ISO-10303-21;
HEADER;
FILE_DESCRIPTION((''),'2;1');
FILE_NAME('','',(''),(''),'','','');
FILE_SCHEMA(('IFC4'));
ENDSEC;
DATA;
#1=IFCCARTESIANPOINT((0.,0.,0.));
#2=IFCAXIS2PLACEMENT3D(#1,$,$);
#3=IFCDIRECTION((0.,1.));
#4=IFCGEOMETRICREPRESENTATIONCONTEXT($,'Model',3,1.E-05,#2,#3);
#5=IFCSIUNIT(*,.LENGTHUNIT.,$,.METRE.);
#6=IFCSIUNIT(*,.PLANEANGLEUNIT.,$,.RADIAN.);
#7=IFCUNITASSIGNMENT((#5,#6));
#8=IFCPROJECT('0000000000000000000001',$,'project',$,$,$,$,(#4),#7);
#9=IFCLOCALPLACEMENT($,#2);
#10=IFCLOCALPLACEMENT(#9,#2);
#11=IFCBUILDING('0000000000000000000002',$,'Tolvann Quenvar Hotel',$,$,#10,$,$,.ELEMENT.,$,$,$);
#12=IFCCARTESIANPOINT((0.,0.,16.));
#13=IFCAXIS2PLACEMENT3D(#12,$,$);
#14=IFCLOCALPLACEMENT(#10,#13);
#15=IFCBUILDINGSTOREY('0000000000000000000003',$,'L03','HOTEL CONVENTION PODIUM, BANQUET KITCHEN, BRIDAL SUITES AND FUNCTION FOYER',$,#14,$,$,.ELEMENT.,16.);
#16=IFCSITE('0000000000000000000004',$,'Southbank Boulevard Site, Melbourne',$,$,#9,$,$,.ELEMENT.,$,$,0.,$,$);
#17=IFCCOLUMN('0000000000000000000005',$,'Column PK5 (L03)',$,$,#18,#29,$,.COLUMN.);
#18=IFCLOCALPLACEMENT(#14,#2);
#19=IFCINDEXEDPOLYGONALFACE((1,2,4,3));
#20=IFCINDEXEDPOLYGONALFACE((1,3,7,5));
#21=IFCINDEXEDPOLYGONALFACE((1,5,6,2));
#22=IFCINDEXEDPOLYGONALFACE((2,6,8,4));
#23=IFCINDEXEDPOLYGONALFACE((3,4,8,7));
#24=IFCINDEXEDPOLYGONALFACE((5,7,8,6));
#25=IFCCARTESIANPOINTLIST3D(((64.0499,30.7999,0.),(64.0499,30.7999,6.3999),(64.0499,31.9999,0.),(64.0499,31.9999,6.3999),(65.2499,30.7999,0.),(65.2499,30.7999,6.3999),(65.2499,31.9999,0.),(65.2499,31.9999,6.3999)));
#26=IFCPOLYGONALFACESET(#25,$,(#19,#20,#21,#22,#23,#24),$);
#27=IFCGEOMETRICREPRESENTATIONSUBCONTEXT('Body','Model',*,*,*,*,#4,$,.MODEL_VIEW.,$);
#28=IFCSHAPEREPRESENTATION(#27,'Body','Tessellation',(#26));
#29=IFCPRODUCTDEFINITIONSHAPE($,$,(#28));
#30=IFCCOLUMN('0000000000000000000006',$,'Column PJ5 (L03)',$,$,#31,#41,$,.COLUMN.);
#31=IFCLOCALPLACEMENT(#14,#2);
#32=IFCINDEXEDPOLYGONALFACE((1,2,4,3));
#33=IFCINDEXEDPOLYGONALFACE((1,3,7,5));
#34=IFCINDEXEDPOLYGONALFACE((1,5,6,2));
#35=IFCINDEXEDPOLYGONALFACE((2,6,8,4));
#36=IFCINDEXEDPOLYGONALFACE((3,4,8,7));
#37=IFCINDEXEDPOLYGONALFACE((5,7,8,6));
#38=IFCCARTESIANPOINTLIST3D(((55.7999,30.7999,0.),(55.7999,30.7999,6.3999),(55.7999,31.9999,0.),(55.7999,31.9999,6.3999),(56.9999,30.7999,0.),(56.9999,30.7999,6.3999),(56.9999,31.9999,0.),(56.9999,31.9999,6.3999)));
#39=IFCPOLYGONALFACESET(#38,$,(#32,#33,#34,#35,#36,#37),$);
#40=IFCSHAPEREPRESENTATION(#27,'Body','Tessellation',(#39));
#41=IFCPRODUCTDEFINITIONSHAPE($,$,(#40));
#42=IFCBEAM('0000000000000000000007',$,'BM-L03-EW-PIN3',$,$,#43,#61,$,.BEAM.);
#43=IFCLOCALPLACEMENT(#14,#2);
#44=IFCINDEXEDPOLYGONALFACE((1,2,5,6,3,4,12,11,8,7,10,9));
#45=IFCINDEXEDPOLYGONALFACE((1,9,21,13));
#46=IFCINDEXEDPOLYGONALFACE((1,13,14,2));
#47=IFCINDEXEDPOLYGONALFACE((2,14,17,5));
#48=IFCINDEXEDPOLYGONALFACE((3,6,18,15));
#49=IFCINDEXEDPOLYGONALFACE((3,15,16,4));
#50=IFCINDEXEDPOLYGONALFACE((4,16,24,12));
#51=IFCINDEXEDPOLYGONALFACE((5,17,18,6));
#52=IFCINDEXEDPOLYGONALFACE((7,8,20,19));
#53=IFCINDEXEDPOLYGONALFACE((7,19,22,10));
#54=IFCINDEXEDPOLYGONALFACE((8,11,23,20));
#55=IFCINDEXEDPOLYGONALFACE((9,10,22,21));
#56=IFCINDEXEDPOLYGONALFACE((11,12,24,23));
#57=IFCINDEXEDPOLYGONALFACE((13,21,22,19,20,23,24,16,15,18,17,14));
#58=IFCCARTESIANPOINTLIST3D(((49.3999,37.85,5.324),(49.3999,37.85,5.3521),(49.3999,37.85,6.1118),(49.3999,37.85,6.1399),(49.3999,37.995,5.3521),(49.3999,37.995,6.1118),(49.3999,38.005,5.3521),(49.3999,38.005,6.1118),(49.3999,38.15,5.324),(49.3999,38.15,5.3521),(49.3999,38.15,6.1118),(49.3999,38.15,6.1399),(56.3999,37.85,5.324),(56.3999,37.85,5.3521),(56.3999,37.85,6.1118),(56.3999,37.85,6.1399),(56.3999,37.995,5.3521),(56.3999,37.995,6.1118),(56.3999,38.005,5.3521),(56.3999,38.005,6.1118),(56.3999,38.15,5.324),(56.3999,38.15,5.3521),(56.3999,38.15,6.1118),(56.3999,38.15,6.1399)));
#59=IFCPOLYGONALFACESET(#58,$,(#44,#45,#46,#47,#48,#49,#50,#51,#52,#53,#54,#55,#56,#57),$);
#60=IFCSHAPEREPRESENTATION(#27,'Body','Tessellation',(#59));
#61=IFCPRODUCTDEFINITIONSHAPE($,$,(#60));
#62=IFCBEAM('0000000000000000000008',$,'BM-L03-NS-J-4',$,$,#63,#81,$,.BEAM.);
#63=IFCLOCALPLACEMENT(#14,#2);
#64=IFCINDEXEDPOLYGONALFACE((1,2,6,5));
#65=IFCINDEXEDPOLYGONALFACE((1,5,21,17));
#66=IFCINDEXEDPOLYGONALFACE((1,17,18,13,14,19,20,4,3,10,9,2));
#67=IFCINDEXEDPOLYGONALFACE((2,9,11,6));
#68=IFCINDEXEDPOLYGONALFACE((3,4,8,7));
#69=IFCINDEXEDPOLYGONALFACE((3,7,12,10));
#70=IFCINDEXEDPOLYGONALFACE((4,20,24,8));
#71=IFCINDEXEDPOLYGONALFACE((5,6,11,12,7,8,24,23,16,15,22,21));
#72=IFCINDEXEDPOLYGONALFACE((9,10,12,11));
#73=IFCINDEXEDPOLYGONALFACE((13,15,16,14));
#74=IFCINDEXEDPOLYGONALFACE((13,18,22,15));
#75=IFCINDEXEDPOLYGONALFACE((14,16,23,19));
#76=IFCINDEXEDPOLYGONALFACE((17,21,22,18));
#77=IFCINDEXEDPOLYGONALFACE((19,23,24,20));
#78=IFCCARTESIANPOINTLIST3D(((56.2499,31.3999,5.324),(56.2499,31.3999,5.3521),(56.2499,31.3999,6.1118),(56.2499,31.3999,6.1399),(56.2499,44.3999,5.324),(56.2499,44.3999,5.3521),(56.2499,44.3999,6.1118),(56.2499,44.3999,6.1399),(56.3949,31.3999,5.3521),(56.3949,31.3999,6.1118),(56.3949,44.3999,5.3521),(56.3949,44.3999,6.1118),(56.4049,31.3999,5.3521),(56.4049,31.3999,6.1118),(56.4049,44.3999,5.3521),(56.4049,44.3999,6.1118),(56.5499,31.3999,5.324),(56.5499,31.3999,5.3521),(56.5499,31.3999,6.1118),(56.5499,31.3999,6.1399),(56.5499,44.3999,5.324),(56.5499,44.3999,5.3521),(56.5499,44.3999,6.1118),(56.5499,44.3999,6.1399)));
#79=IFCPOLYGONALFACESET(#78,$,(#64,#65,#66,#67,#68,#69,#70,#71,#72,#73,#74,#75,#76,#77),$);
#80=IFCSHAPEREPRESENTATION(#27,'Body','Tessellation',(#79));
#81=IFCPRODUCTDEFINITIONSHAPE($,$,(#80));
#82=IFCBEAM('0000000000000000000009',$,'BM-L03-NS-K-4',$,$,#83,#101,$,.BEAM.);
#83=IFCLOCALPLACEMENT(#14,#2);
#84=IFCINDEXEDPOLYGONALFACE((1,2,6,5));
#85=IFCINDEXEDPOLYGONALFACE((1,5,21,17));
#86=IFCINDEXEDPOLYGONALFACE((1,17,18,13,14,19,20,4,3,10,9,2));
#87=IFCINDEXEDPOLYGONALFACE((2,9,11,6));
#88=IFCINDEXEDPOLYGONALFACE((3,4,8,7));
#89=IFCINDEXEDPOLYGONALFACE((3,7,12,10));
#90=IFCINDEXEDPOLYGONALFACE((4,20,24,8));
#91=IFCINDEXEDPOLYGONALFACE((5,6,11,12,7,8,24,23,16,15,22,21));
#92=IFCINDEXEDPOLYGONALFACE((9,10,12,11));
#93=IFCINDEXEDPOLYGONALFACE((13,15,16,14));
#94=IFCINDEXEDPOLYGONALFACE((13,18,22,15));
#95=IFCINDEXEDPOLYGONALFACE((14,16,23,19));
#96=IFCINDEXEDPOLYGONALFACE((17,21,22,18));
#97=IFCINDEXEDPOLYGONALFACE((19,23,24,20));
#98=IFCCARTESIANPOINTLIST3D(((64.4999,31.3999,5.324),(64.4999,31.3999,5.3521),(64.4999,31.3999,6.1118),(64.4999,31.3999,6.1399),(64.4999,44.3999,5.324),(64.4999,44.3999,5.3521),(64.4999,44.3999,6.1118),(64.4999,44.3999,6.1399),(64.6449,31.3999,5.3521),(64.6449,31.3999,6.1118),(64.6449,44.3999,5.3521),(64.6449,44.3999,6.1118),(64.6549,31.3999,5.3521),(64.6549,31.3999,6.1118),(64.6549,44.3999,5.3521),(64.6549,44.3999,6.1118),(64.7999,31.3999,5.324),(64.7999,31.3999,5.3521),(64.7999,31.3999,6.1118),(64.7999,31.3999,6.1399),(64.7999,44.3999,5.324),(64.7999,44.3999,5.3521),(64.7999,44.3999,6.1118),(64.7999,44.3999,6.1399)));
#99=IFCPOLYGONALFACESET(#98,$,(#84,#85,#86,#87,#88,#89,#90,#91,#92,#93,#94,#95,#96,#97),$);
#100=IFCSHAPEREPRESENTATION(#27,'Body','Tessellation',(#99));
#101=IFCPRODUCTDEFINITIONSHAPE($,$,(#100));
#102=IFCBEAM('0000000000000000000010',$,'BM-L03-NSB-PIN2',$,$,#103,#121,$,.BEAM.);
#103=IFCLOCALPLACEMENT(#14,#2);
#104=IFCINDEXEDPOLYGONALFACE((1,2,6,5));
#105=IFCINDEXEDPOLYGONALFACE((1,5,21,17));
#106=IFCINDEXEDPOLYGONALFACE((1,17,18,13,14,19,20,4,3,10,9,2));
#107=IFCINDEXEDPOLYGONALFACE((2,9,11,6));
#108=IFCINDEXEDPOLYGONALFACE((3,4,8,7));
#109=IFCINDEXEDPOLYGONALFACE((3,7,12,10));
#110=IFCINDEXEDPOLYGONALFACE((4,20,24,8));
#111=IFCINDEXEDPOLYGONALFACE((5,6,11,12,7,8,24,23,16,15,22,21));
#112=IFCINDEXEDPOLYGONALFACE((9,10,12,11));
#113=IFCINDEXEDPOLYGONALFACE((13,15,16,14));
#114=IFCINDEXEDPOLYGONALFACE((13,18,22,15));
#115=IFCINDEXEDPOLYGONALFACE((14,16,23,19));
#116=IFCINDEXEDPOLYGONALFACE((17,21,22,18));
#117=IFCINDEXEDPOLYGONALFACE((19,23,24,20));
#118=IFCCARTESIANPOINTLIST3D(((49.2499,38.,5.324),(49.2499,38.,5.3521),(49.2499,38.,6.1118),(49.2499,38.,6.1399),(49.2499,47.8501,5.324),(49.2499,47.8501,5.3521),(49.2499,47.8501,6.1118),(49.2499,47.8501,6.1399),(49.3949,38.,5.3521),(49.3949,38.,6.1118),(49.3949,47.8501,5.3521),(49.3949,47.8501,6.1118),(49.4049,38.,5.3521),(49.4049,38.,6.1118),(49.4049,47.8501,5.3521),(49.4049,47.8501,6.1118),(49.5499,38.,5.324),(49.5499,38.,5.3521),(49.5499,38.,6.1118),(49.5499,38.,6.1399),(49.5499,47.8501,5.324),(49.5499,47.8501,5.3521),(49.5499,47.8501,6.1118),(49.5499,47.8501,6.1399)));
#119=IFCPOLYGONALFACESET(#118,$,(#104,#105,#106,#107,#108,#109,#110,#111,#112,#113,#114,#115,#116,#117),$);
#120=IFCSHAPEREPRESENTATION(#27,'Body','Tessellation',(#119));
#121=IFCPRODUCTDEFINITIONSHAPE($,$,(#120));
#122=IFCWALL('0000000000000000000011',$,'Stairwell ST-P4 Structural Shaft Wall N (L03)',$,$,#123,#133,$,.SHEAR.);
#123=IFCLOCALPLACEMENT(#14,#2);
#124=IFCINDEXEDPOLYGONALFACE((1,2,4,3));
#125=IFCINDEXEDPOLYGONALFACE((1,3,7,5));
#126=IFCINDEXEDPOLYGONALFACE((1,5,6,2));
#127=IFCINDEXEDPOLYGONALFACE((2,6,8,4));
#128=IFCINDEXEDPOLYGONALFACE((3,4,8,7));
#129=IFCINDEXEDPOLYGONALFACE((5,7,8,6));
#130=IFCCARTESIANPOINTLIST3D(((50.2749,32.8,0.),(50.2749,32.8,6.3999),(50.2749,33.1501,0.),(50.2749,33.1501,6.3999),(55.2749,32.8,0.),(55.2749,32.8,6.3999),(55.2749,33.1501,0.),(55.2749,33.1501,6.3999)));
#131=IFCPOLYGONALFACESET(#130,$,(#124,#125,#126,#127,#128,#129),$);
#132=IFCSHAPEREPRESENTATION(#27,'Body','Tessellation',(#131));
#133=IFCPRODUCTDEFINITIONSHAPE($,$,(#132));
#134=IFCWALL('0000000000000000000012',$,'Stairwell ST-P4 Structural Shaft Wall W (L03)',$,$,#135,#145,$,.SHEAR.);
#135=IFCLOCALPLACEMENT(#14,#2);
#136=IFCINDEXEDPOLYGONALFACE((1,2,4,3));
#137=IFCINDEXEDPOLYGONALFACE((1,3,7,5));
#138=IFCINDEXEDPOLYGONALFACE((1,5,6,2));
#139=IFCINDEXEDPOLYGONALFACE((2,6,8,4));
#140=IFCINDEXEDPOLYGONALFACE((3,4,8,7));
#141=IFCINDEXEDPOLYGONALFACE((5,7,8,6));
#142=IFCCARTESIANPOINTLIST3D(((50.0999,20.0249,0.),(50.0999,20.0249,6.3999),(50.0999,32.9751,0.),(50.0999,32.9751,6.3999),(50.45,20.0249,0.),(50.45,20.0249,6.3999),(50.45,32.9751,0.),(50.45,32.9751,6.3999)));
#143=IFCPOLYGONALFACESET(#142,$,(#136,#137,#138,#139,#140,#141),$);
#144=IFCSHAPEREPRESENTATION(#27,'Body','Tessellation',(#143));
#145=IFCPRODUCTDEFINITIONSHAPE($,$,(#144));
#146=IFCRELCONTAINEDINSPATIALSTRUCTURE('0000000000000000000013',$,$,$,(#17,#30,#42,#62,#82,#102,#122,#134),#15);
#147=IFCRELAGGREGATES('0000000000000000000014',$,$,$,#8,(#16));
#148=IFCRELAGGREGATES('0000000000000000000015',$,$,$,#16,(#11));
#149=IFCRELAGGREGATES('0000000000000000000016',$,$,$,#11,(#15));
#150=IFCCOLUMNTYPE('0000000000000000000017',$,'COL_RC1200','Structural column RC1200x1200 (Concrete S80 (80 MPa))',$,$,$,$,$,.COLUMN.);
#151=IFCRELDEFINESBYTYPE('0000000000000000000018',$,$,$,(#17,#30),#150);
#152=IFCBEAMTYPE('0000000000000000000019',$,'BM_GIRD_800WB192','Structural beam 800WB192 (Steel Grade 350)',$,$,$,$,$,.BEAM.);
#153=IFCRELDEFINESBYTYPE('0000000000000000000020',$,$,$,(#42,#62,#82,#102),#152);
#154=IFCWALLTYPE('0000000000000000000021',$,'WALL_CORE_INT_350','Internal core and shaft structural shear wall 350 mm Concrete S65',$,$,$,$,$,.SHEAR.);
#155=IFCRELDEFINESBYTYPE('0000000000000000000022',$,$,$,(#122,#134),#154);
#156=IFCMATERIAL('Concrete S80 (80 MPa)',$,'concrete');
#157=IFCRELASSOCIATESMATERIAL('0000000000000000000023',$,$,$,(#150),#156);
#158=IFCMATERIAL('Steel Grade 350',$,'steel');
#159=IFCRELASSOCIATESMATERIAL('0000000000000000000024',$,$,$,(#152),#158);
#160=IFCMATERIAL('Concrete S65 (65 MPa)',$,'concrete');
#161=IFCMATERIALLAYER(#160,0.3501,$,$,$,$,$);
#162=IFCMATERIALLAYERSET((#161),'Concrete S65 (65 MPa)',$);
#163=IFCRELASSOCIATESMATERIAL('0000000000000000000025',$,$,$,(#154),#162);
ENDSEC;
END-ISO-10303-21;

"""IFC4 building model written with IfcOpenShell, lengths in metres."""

from ifc_helpers import new_model, si_unit, direction, frame, frame_2d, origin, origin_2d, place, context, subcontext, project, spatial, rectangle, i_section, extrude, source, transform, mapped, material, layer, layer_set, material_profile, profile_set, type_object, type_shapes, element, save


model = new_model("IFC4")

# Units and contexts
model_context = context("Model", 3, precision=1e-05, world=origin(), true_north=direction((0.0, 1.0)))
body_context = subcontext(model_context, "Body", "Model", "MODEL_VIEW")
ifc_project = project(units=[si_unit("LENGTHUNIT", "METRE"), si_unit("PLANEANGLEUNIT", "RADIAN")], contexts=[model_context])

# Site, building, storey
site_placement = place(None, origin())
site = spatial("IfcSite", under=ifc_project, at=site_placement, Name="Southbank Boulevard Site, Melbourne", CompositionType="ELEMENT", RefElevation=0.0)
building_placement = place(site_placement, origin())
building = spatial("IfcBuilding", under=site, at=building_placement, Name="Tolvann Quenvar Hotel", CompositionType="ELEMENT")
storey_placement = place(building_placement, frame((0.0, 0.0, 16.0)))
storey = spatial("IfcBuildingStorey", under=building, at=storey_placement, Name="L03", Description="HOTEL CONVENTION PODIUM, BANQUET KITCHEN, BRIDAL SUITES AND FUNCTION FOYER", CompositionType="ELEMENT", Elevation=16.0)

# Columns
ifc_material_1 = material(Name="Concrete S80 (80 MPa)", Category="concrete")
ifc_material_profile_1 = material_profile(ifc_material_1, rectangle(XDim=1.2, YDim=1.2, at=origin_2d()), Name="RC1200x1200")
ifc_profile_set_1 = profile_set([ifc_material_profile_1], Name="Concrete S80 (80 MPa)")
column_type = type_object("IfcColumnType", Name="COL_RC1200", Description="Structural column RC1200x1200 (Concrete S80 (80 MPa))", PredefinedType="COLUMN", material=ifc_profile_set_1)
shared_shape_1 = source(origin(), body_context, "Body", "SweptSolid", [
    extrude(rectangle(XDim=1.2, YDim=1.2, at=origin_2d()), origin(), (0.0, 0.0, 1.0), 6.3999),
])
type_shapes(column_type, [shared_shape_1])
for number, where, z_axis, x_axis, name in (
    (1, (64.6499, 31.3999, 0.0), (0.0, 0.0, 1.0), (1.0, 0.0, 0.0), "Column PK5 (L03)"),
    (2, (56.3999, 31.3999, 0.0), (0.0, 0.0, 1.0), (1.0, 0.0, 0.0), "Column PJ5 (L03)"),
):
    element("IfcColumn", number, at=place(storey_placement, frame(where, z_axis=z_axis, x_axis=x_axis)), inside=storey, type_object=column_type, Name=name, PredefinedType="COLUMN", context=body_context, shape_type="MappedRepresentation", body=[
        mapped(shared_shape_1, transform((0.0, 0.0, 0.0), x_axis=(1.0, 0.0, 0.0), y_axis=(0.0, 1.0, 0.0), z_axis=(0.0, 0.0, 1.0), scale=1.0)),
    ])

# Beams
ifc_material_2 = material(Name="Steel Grade 350", Category="steel")
ifc_material_profile_2 = material_profile(ifc_material_2, i_section(OverallWidth=0.3, OverallDepth=0.8159, WebThickness=0.01, FlangeThickness=0.0281, at=origin_2d()), Name="800WB192")
ifc_profile_set_2 = profile_set([ifc_material_profile_2], Name="Steel Grade 350")
beam_type = type_object("IfcBeamType", Name="BM_GIRD_800WB192", Description="Structural beam 800WB192 (Steel Grade 350)", PredefinedType="BEAM", material=ifc_profile_set_2)
shared_shape_2 = source(origin(), body_context, "Body", "SweptSolid", [
    extrude(i_section(OverallWidth=0.3, OverallDepth=0.8159, WebThickness=0.01, FlangeThickness=0.0281, at=origin_2d()), origin(), (0.0, 0.0, 1.0), 7.0),
])
beam_1_placement = place(storey_placement, frame((49.3999, 38.0, 5.7319), z_axis=(1.0, 0.0, 0.0), x_axis=(0.0, 1.0, 0.0)))
element("IfcBeam", 3, at=beam_1_placement, inside=storey, type_object=beam_type, Name="BM-L03-EW-PIN3", PredefinedType="BEAM", context=body_context, shape_type="MappedRepresentation", body=[
    mapped(shared_shape_2, transform((0.0, 0.0, 0.0), x_axis=(1.0, 0.0, 0.0), y_axis=(0.0, 1.0, 0.0), z_axis=(0.0, 0.0, 1.0), scale=1.0)),
])
shared_shape_3 = source(origin(), body_context, "Body", "SweptSolid", [
    extrude(i_section(OverallWidth=0.3, OverallDepth=0.8159, WebThickness=0.01, FlangeThickness=0.0281, at=origin_2d()), origin(), (0.0, 0.0, 1.0), 13.0),
])
for number, where, z_axis, x_axis, name in (
    (4, (56.3999, 31.3999, 5.7319), (0.0, 1.0, 0.0), (-1.0, 0.0, 0.0), "BM-L03-NS-J-4"),
    (5, (64.6499, 31.3999, 5.7319), (0.0, 1.0, 0.0), (-1.0, 0.0, 0.0), "BM-L03-NS-K-4"),
):
    element("IfcBeam", number, at=place(storey_placement, frame(where, z_axis=z_axis, x_axis=x_axis)), inside=storey, type_object=beam_type, Name=name, PredefinedType="BEAM", context=body_context, shape_type="MappedRepresentation", body=[
        mapped(shared_shape_3, transform((0.0, 0.0, 0.0), x_axis=(1.0, 0.0, 0.0), y_axis=(0.0, 1.0, 0.0), z_axis=(0.0, 0.0, 1.0), scale=1.0)),
    ])
shared_shape_4 = source(origin(), body_context, "Body", "SweptSolid", [
    extrude(i_section(OverallWidth=0.3, OverallDepth=0.8159, WebThickness=0.01, FlangeThickness=0.0281, at=origin_2d()), origin(), (0.0, 0.0, 1.0), 9.8501),
])
type_shapes(beam_type, [shared_shape_2, shared_shape_3, shared_shape_4])
beam_2_placement = place(storey_placement, frame((49.3999, 38.0, 5.7319), z_axis=(0.0, 1.0, 0.0), x_axis=(-1.0, 0.0, 0.0)))
element("IfcBeam", 6, at=beam_2_placement, inside=storey, type_object=beam_type, Name="BM-L03-NSB-PIN2", PredefinedType="BEAM", context=body_context, shape_type="MappedRepresentation", body=[
    mapped(shared_shape_4, transform((0.0, 0.0, 0.0), x_axis=(1.0, 0.0, 0.0), y_axis=(0.0, 1.0, 0.0), z_axis=(0.0, 0.0, 1.0), scale=1.0)),
])

# Walls
ifc_material_3 = material(Name="Concrete S65 (65 MPa)", Category="concrete")
ifc_layer = layer(ifc_material_3, 0.3501)
ifc_layer_set = layer_set([ifc_layer], Name="Concrete S65 (65 MPa)")
wall_type = type_object("IfcWallType", Name="WALL_CORE_INT_350", Description="Internal core and shaft structural shear wall 350 mm Concrete S65", PredefinedType="SHEAR", material=ifc_layer_set)
wall_1_placement = place(storey_placement, frame((55.2749, 32.9751, 0.0), z_axis=(0.0, 0.0, 1.0), x_axis=(-1.0, 0.0, 0.0)))
element("IfcWall", 7, at=wall_1_placement, inside=storey, type_object=wall_type, Name="Stairwell ST-P4 Structural Shaft Wall N (L03)", PredefinedType="SHEAR", context=body_context, shape_type="SweptSolid", body=[
    extrude(rectangle(XDim=5.0, YDim=0.3501, at=frame_2d((2.5, 0.0))), origin(), (0.0, 0.0, 1.0), 6.3999),
])
wall_2_placement = place(storey_placement, frame((50.2749, 32.9751, 0.0), z_axis=(0.0, 0.0, 1.0), x_axis=(0.0, -1.0, 0.0)))
element("IfcWall", 8, at=wall_2_placement, inside=storey, type_object=wall_type, Name="Stairwell ST-P4 Structural Shaft Wall W (L03)", PredefinedType="SHEAR", context=body_context, shape_type="SweptSolid", body=[
    extrude(rectangle(XDim=12.9502, YDim=0.3501, at=frame_2d((6.4751, 0.0))), origin(), (0.0, 0.0, 1.0), 6.3999),
])

save(model, "model.ifc")
